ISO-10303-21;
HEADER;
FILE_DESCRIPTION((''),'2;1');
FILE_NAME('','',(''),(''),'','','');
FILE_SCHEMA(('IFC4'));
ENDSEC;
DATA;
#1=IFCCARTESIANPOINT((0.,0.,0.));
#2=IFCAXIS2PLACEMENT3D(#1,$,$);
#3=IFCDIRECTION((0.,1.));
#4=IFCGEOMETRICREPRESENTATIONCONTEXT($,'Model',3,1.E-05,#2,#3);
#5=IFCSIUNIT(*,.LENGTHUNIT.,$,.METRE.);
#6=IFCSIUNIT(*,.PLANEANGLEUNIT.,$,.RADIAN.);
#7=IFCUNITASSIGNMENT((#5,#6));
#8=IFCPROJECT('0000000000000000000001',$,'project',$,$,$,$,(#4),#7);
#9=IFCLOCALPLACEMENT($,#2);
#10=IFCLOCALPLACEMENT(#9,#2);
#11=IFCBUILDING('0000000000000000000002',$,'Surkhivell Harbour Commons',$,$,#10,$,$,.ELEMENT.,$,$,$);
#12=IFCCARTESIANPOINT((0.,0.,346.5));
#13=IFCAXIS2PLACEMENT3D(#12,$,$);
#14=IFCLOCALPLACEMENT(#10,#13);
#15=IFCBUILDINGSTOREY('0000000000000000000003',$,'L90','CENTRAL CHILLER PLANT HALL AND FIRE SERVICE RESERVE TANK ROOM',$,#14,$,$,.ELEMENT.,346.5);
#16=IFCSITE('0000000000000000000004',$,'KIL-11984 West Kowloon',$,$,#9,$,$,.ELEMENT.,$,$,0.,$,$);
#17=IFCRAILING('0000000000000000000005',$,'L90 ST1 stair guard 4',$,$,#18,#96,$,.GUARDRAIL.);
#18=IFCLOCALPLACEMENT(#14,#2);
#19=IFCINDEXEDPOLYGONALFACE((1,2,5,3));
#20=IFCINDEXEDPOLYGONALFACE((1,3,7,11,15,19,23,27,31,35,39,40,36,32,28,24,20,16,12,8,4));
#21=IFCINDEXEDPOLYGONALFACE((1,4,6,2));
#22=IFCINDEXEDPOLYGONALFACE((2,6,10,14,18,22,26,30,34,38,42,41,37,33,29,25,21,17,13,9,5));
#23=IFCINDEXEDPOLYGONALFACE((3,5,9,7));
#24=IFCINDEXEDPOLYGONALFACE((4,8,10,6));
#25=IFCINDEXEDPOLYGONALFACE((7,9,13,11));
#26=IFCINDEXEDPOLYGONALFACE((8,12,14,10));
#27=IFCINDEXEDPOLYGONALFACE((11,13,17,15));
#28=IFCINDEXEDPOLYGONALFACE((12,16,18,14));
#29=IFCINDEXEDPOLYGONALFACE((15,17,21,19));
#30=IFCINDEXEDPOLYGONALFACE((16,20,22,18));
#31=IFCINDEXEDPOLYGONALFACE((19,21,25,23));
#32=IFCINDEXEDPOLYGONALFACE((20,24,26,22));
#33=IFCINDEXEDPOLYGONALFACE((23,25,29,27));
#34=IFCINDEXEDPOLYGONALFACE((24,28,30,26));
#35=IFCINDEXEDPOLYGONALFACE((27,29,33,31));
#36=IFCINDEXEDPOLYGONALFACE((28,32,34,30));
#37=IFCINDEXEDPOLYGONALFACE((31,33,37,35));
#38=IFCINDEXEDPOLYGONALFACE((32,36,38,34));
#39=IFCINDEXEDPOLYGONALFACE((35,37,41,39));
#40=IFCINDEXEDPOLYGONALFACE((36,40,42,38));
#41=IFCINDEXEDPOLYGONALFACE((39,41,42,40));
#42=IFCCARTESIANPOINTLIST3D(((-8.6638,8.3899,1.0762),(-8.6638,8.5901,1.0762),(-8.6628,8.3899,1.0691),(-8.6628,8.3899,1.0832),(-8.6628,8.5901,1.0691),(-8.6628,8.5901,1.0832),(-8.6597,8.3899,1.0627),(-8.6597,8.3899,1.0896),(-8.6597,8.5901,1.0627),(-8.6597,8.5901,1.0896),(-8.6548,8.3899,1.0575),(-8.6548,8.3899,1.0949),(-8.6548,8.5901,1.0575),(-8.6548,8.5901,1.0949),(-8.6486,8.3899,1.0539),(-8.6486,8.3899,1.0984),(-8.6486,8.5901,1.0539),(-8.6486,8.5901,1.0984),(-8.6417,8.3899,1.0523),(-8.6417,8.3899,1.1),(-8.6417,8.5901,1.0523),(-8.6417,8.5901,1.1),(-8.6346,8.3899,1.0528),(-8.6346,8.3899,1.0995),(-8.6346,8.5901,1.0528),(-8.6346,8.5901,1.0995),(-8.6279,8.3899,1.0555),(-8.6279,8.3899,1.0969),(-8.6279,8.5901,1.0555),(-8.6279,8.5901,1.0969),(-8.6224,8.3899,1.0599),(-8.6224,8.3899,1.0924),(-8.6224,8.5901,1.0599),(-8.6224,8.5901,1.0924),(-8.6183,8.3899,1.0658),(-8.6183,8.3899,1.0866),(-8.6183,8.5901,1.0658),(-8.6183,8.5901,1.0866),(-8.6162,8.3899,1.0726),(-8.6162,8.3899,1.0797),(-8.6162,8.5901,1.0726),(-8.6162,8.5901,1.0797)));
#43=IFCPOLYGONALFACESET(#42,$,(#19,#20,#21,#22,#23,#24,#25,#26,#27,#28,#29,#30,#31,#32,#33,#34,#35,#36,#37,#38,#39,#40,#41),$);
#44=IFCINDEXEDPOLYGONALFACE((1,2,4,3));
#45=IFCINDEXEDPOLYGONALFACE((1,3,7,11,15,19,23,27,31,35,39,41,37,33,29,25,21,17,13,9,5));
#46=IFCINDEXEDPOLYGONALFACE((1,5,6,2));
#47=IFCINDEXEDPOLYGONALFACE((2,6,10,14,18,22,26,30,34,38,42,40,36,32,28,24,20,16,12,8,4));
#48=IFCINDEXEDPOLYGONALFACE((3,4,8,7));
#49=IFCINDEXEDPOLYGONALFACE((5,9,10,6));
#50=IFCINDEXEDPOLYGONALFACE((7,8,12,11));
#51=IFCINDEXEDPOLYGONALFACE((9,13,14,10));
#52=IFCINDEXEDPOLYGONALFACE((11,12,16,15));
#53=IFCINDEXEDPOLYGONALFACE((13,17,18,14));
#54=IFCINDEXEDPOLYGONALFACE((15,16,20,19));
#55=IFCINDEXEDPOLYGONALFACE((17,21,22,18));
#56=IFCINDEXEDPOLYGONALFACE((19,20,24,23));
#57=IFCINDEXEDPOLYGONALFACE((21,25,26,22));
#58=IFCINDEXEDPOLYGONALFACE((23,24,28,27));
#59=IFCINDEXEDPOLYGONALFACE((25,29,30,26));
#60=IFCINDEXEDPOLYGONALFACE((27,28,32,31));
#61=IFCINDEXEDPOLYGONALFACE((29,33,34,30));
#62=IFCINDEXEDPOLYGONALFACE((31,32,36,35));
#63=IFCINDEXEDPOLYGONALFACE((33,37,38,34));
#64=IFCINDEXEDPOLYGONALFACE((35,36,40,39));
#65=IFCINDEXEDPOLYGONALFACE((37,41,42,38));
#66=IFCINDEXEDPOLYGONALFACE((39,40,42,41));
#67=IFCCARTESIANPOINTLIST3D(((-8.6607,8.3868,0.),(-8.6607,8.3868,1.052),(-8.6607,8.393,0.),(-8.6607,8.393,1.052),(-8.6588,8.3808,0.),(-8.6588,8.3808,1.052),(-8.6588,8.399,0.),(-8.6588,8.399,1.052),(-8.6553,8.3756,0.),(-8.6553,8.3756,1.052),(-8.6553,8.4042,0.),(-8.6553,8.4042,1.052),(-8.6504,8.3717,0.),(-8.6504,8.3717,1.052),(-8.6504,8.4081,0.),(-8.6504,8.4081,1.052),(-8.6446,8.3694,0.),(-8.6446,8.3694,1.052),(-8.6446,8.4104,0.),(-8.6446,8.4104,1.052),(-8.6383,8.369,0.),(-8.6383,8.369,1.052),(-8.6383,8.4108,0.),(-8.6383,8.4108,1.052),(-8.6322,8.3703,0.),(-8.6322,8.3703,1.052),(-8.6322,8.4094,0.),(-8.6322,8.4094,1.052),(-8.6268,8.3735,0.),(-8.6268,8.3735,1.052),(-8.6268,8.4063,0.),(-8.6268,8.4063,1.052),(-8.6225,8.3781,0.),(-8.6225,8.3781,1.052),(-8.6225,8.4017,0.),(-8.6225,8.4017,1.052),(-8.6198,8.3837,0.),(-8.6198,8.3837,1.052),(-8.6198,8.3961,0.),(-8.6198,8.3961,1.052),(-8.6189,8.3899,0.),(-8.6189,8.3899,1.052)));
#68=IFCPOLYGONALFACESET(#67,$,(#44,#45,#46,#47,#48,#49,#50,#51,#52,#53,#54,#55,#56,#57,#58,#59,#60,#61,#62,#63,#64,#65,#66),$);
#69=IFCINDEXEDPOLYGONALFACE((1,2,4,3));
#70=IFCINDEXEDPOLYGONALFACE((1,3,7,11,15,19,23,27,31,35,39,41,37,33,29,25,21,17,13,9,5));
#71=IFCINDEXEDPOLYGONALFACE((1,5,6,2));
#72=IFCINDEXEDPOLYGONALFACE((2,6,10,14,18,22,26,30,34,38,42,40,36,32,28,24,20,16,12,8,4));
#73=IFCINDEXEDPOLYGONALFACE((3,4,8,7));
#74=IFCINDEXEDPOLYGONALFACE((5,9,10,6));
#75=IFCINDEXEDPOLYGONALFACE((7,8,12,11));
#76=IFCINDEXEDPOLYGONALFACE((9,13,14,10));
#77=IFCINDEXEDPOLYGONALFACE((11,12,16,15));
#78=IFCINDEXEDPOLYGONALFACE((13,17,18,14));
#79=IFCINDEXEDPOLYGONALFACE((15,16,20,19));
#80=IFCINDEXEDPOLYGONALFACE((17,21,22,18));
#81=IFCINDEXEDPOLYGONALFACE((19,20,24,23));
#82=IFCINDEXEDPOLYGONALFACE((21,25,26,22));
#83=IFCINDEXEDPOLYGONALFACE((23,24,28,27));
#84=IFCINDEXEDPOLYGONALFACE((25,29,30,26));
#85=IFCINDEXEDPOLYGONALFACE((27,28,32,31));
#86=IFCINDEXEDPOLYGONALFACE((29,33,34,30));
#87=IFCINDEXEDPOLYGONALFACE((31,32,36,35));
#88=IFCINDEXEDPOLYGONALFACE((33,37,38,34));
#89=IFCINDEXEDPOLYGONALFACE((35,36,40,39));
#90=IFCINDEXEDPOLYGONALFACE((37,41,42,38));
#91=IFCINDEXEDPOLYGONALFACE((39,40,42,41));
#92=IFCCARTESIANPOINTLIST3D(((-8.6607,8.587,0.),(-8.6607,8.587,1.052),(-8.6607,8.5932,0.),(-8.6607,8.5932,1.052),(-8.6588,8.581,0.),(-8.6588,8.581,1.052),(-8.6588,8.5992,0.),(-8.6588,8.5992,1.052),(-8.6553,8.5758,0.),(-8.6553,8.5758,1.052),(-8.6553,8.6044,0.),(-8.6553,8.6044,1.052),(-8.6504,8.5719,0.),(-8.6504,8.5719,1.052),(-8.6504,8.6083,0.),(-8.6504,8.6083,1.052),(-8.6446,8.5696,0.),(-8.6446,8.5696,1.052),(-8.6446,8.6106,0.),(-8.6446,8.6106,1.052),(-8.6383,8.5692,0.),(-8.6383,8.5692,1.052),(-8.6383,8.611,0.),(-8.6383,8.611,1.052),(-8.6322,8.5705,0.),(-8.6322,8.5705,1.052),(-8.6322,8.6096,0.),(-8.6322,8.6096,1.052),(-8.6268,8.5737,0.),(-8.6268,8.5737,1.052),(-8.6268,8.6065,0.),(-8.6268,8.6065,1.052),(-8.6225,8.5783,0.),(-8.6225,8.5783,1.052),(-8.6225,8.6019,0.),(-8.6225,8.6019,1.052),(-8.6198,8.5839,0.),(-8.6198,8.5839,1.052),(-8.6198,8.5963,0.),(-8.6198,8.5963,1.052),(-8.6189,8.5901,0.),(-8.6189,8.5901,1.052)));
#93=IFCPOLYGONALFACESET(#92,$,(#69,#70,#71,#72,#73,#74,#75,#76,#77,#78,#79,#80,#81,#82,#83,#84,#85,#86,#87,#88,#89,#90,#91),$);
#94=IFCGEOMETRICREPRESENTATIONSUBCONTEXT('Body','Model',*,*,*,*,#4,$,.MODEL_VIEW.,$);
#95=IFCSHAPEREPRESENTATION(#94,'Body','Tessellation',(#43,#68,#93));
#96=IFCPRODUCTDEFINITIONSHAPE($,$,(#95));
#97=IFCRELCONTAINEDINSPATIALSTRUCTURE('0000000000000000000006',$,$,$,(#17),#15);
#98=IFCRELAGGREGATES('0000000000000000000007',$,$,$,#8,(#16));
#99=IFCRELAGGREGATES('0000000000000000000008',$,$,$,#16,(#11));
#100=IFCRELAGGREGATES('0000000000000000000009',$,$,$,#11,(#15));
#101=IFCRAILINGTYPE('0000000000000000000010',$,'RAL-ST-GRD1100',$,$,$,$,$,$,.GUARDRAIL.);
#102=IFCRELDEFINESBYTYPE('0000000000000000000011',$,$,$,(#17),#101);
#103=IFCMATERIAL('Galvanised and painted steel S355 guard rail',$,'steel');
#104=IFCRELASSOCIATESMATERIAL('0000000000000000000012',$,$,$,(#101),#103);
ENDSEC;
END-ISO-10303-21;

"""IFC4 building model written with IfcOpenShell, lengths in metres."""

from ifc_helpers import new_model, si_unit, direction, frame, origin, origin_2d, place, context, subcontext, project, spatial, circle, extrude, material, type_object, element, save


model = new_model("IFC4")

# Units and contexts
model_context = context("Model", 3, precision=1e-05, world=origin(), true_north=direction((0.0, 1.0)))
body_context = subcontext(model_context, "Body", "Model", "MODEL_VIEW")
ifc_project = project(units=[si_unit("LENGTHUNIT", "METRE"), si_unit("PLANEANGLEUNIT", "RADIAN")], contexts=[model_context])

# Site, building, storey
site_placement = place(None, origin())
site = spatial("IfcSite", under=ifc_project, at=site_placement, Name="KIL-11984 West Kowloon", CompositionType="ELEMENT", RefElevation=0.0)
building_placement = place(site_placement, origin())
building = spatial("IfcBuilding", under=site, at=building_placement, Name="Surkhivell Harbour Commons", CompositionType="ELEMENT")
storey_placement = place(building_placement, frame((0.0, 0.0, 346.5)))
storey = spatial("IfcBuildingStorey", under=building, at=storey_placement, Name="L90", Description="CENTRAL CHILLER PLANT HALL AND FIRE SERVICE RESERVE TANK ROOM", CompositionType="ELEMENT", Elevation=346.5)

# Railing
ifc_material_1 = material(Name="Galvanised and painted steel S355 guard rail", Category="steel")
railing_type_1 = type_object("IfcRailingType", Name="RAL-ST-GRD1100", PredefinedType="GUARDRAIL", material=ifc_material_1)
railing_1_placement = place(storey_placement, frame((-8.6399, 8.3899, 0.0)))
element("IfcRailing", 1, at=railing_1_placement, inside=storey, type_object=railing_type_1, Name="L90 ST1 stair guard 4", PredefinedType="GUARDRAIL", context=body_context, shape_type="SweptSolid", body=[
    extrude(circle(Radius=0.0239, at=origin_2d()), frame((0.0, 0.0, 1.0762), z_axis=(0.0, 1.0, 0.0), x_axis=(-1.0, 0.0, 0.0)), (0.0, 0.0, 1.0), 0.2002),
    extrude(circle(Radius=0.021, at=origin_2d()), origin(), (0.0, 0.0, 1.0), 1.052),
    extrude(circle(Radius=0.021, at=origin_2d()), frame((0.0, 0.2002, 0.0)), (0.0, 0.0, 1.0), 1.052),
])

save(model, "model.ifc")
